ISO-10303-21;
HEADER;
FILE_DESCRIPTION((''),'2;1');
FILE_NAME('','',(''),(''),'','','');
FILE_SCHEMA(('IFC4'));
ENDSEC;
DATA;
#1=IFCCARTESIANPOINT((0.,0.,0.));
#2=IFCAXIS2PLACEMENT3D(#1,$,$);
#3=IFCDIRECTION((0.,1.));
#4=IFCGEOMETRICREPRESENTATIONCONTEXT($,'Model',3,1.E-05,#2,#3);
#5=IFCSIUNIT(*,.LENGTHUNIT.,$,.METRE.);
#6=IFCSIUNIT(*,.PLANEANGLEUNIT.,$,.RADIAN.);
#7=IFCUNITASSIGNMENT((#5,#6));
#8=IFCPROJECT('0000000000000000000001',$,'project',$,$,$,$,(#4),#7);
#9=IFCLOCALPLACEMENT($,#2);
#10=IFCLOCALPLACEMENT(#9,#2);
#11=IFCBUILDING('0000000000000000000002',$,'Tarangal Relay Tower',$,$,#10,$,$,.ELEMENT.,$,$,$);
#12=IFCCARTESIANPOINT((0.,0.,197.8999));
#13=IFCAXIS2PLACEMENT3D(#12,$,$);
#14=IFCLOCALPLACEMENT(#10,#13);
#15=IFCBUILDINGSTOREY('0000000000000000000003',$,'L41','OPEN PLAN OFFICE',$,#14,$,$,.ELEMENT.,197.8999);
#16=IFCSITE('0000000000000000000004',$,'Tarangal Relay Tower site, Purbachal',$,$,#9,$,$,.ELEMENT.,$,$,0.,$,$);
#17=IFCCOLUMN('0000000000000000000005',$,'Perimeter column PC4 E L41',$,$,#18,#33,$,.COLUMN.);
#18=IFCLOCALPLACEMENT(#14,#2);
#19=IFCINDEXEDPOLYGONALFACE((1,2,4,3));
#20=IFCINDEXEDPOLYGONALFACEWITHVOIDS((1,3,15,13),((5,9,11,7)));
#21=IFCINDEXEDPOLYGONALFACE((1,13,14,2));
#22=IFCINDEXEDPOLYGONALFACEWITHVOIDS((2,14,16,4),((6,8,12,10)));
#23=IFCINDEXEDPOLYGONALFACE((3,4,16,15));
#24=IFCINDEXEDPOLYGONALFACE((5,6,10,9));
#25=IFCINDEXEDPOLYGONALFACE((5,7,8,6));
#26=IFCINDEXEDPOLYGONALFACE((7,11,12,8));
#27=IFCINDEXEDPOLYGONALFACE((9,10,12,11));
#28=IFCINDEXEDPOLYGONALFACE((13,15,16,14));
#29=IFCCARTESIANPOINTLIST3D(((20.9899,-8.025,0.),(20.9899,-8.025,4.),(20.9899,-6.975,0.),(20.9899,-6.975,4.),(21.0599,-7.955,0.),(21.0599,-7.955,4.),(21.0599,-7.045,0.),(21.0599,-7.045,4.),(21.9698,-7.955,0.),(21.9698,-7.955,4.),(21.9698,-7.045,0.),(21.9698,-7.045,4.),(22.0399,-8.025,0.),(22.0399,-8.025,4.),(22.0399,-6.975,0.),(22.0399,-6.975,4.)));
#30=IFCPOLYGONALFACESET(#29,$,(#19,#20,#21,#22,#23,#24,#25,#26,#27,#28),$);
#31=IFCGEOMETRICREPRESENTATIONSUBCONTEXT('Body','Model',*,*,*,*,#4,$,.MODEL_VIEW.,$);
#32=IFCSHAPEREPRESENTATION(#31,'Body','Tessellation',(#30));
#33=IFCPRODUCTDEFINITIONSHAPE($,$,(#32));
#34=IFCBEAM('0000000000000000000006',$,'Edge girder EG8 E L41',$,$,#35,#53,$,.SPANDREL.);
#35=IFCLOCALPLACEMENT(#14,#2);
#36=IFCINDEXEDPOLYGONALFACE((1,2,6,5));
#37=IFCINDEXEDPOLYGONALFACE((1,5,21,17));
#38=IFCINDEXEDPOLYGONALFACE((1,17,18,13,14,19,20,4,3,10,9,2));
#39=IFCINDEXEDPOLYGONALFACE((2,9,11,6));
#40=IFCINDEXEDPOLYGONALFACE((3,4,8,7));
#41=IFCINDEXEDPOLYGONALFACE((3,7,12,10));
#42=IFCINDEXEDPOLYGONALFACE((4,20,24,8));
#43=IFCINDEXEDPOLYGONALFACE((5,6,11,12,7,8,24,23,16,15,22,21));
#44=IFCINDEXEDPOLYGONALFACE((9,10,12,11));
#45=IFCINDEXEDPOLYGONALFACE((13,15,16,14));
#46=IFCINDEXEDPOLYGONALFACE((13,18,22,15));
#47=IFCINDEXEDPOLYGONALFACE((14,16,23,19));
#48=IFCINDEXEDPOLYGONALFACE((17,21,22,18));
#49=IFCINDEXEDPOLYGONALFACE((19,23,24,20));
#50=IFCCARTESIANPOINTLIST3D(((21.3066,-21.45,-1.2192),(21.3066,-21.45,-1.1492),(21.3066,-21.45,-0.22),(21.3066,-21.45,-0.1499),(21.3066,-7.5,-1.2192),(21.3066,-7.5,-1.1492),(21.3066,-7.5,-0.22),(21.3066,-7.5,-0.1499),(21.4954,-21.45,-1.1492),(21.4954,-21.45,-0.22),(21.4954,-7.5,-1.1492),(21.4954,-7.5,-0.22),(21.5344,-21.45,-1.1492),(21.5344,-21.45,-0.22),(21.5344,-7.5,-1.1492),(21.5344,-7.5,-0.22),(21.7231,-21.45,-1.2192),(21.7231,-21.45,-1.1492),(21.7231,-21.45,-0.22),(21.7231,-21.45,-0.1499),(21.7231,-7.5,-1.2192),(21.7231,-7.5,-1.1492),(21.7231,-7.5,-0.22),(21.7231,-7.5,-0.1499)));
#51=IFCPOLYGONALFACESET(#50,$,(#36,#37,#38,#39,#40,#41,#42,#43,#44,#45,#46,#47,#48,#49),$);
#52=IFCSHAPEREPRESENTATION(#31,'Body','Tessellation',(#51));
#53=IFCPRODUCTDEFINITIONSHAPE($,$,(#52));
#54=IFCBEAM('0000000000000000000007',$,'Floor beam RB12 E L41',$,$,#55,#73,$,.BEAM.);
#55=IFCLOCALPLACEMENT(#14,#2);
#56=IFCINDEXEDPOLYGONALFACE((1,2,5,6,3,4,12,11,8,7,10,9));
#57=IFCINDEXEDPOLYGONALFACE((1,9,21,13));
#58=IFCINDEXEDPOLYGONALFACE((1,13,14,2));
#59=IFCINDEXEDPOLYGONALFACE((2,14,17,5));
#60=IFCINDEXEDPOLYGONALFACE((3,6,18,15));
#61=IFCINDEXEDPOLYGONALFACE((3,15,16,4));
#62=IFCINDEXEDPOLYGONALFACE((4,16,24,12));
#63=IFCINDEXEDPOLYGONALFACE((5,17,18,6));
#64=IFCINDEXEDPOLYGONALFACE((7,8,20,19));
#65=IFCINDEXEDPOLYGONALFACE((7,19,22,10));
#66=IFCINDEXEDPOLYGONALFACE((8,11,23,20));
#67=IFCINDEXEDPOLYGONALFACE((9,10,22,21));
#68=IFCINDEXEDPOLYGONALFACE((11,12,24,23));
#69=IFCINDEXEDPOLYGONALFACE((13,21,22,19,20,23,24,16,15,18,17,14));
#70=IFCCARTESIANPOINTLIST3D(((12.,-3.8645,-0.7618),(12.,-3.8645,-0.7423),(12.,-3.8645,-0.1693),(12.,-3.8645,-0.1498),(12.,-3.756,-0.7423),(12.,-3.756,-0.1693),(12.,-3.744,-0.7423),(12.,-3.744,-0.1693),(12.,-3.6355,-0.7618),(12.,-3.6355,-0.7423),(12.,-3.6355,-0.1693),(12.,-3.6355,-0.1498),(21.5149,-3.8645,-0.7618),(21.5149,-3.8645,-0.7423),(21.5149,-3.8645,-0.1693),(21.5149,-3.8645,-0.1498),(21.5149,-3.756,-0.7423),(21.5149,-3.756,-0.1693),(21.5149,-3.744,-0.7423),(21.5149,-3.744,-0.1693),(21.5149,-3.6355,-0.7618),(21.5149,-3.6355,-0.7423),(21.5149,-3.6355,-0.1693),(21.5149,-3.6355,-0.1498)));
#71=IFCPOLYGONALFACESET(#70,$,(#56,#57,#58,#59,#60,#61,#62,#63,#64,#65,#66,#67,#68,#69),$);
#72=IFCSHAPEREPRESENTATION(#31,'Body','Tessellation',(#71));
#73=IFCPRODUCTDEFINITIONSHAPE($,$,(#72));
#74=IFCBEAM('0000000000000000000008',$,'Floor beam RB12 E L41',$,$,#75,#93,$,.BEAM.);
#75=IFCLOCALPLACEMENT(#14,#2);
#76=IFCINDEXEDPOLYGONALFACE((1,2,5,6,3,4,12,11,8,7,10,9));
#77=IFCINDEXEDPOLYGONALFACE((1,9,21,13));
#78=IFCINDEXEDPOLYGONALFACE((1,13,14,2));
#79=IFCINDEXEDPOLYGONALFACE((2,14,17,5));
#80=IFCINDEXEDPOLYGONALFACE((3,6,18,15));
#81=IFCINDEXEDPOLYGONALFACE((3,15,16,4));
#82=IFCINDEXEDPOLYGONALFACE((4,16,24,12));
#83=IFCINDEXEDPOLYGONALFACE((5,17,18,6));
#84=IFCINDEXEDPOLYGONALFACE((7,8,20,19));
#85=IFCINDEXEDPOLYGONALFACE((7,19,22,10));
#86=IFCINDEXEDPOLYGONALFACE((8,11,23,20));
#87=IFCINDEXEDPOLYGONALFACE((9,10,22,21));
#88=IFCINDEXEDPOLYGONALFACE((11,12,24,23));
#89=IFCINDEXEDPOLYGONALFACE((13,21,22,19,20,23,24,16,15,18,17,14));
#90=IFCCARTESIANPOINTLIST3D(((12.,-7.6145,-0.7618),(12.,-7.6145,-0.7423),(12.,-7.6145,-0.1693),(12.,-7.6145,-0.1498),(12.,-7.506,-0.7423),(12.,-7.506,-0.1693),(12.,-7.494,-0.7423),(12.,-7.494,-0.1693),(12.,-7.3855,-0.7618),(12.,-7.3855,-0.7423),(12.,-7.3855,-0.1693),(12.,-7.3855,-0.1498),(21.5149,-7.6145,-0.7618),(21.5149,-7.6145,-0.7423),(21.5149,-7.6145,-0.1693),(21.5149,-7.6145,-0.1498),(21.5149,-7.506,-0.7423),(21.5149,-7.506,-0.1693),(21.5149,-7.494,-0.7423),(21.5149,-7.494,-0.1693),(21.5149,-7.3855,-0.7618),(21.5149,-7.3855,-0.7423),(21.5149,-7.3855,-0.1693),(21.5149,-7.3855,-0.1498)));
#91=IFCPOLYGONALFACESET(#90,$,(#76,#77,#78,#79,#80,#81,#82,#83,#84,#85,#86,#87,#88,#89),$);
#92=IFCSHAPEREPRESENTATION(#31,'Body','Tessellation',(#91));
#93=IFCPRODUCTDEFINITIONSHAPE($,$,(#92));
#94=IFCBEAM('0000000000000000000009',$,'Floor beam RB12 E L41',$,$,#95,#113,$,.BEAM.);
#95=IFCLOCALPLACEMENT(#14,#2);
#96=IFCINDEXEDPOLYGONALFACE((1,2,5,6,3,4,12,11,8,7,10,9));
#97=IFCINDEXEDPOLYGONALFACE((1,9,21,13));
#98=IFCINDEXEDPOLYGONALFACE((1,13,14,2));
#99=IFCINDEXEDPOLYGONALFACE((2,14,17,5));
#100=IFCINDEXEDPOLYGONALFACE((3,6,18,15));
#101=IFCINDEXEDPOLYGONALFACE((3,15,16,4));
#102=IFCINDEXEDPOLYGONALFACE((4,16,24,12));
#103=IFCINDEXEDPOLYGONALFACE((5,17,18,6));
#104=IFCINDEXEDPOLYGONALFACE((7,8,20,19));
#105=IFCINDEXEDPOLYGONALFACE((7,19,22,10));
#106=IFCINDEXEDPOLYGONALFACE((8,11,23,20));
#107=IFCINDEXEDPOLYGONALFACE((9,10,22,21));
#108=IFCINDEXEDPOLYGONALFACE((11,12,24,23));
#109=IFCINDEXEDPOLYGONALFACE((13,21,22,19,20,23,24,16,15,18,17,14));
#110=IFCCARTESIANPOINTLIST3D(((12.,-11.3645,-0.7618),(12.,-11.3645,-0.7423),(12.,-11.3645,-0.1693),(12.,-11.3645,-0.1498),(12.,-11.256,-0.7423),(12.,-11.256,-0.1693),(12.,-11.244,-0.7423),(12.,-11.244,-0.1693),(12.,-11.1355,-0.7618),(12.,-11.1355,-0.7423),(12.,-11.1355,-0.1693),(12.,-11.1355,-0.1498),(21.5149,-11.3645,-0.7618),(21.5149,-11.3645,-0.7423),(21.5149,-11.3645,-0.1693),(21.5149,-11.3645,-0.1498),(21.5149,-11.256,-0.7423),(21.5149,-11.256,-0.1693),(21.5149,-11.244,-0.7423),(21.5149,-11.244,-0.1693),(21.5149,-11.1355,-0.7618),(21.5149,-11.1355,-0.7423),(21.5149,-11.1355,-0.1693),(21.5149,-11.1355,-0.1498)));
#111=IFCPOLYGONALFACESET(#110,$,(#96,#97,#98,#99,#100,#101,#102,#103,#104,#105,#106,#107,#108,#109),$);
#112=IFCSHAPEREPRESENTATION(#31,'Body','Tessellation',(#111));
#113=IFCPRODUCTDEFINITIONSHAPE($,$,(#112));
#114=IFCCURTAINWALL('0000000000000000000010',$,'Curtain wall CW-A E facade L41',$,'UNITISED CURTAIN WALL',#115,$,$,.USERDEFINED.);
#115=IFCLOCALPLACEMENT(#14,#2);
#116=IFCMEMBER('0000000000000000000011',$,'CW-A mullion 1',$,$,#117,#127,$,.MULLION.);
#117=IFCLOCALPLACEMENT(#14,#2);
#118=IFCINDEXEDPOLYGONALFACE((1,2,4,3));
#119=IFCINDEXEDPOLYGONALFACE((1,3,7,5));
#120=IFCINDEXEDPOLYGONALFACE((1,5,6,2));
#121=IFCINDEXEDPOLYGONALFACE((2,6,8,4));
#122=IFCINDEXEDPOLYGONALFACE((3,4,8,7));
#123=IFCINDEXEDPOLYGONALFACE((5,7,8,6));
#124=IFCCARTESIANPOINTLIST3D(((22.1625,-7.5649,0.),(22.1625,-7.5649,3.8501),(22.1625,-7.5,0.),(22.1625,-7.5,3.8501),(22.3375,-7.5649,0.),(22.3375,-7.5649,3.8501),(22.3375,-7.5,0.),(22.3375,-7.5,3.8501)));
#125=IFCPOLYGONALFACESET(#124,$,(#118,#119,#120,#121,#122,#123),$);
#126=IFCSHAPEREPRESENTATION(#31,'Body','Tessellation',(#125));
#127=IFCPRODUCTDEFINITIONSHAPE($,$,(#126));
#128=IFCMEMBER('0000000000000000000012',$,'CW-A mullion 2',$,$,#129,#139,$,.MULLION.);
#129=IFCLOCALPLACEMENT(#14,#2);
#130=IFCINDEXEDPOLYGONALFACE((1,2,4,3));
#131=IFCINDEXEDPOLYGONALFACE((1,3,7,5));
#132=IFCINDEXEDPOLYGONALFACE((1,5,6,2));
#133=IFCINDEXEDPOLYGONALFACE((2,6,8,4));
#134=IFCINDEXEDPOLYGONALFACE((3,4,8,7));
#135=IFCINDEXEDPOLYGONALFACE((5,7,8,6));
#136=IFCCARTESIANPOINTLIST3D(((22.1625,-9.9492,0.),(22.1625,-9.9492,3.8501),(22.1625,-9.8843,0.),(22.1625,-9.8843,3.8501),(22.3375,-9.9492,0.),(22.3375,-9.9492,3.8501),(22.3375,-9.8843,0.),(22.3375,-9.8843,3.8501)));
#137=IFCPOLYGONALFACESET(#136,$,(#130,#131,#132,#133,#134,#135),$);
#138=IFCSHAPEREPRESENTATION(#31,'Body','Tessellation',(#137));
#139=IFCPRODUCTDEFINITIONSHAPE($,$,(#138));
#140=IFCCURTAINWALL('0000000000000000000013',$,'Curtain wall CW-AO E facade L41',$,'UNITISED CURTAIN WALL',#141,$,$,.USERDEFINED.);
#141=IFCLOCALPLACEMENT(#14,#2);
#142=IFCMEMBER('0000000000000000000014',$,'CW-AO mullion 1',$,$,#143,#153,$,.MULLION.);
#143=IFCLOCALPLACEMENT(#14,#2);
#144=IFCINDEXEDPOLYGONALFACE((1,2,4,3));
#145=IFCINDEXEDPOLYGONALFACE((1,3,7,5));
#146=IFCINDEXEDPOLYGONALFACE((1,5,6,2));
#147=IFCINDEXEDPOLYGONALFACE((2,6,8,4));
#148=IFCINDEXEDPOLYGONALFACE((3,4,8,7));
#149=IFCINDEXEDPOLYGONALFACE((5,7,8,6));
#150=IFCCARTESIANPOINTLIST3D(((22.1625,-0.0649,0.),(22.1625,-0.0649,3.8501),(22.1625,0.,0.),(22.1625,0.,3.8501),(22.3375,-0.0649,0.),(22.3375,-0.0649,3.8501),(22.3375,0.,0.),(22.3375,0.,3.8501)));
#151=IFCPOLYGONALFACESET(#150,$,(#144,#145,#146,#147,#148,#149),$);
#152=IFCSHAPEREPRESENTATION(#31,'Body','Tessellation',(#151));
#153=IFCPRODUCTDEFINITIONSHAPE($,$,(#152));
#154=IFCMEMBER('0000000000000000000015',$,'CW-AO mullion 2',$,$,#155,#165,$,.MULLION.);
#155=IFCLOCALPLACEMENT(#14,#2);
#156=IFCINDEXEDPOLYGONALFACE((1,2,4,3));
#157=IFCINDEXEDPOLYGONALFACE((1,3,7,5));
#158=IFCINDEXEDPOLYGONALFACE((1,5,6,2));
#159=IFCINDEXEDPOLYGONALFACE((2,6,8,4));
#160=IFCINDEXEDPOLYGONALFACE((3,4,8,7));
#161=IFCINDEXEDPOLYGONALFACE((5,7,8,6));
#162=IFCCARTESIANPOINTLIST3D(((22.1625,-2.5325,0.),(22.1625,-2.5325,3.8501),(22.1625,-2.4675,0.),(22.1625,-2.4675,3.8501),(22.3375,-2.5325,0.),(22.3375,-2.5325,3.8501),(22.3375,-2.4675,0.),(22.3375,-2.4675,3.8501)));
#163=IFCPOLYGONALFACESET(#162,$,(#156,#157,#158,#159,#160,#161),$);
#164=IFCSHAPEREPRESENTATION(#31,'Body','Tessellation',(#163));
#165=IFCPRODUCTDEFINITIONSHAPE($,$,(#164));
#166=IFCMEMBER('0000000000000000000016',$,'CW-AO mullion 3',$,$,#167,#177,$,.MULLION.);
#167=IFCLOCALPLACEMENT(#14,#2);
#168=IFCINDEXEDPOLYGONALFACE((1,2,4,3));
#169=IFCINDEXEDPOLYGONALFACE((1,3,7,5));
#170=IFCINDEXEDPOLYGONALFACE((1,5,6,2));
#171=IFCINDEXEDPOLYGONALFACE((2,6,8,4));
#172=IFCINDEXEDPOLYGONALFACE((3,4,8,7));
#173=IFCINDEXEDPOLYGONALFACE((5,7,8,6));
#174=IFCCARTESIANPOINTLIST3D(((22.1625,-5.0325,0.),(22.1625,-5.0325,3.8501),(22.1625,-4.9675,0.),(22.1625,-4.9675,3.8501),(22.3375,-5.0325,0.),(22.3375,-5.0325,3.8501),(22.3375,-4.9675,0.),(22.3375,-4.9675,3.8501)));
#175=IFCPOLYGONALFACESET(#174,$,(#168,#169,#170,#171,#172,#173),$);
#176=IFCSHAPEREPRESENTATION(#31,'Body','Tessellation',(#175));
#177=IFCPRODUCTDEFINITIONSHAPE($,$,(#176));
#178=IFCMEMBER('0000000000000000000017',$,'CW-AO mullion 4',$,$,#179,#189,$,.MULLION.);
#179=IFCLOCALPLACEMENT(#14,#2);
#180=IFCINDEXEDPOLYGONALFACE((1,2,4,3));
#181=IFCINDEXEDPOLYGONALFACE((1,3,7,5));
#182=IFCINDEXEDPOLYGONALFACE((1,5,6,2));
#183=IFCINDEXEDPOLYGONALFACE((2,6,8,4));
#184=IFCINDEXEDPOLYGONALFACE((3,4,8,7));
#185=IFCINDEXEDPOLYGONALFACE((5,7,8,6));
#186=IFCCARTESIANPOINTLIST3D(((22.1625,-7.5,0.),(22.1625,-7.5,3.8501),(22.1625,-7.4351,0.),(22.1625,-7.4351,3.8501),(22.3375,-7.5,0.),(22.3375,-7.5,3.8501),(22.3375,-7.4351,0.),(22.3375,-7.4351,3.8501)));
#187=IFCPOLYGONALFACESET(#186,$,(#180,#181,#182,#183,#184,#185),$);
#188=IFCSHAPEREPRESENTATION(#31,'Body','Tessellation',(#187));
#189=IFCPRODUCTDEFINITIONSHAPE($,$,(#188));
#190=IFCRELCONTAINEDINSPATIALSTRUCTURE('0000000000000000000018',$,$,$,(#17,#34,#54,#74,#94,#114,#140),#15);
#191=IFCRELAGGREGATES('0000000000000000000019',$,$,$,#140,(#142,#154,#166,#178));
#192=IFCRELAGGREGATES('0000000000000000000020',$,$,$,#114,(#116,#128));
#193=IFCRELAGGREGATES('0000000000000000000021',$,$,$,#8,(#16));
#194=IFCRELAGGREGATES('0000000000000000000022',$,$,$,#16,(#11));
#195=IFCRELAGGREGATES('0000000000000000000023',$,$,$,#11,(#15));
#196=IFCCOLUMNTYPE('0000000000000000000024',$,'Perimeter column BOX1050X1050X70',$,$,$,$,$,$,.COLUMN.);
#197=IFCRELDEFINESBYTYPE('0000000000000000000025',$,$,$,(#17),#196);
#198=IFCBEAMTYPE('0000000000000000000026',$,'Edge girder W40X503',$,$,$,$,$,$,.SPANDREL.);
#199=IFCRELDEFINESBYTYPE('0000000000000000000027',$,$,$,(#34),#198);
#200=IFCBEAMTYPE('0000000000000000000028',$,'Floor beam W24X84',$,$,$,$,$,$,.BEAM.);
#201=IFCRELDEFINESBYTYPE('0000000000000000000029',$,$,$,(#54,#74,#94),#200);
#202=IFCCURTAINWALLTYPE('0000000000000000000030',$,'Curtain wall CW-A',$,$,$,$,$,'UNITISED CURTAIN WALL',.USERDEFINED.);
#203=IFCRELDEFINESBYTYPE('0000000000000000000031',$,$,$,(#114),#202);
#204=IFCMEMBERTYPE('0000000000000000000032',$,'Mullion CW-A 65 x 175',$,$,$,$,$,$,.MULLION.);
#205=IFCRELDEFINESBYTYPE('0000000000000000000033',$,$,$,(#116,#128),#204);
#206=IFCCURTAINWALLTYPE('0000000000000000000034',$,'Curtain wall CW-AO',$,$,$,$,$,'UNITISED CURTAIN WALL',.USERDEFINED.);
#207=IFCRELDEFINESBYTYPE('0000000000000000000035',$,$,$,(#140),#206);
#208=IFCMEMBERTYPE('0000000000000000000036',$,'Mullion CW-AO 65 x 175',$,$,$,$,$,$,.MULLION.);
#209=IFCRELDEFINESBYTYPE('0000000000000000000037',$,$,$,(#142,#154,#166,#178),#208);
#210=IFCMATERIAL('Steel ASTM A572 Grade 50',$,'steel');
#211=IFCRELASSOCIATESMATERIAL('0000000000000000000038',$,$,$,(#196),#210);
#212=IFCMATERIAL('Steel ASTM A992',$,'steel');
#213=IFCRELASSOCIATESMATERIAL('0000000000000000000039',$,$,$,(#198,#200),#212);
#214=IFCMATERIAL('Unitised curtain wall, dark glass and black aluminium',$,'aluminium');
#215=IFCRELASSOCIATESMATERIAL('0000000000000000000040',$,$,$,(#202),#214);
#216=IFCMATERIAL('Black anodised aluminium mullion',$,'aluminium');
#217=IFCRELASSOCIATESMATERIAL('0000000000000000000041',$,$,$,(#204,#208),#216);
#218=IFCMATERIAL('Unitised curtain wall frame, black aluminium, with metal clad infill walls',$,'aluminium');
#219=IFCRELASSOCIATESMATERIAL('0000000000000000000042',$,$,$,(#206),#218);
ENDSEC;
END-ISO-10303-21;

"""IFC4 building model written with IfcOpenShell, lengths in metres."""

from ifc_helpers import new_model, si_unit, direction, frame, origin, origin_2d, place, context, subcontext, project, spatial, rectangle, hollow_rectangle, i_section, extrude, material, material_profile, profile_set, type_object, element, aggregate, save


model = new_model("IFC4")

# Units and contexts
model_context = context("Model", 3, precision=1e-05, world=origin(), true_north=direction((0.0, 1.0)))
body_context = subcontext(model_context, "Body", "Model", "MODEL_VIEW")
ifc_project = project(units=[si_unit("LENGTHUNIT", "METRE"), si_unit("PLANEANGLEUNIT", "RADIAN")], contexts=[model_context])

# Site, building, storey
site_placement = place(None, origin())
site = spatial("IfcSite", under=ifc_project, at=site_placement, Name="Tarangal Relay Tower site, Purbachal", CompositionType="ELEMENT", RefElevation=0.0)
building_placement = place(site_placement, origin())
building = spatial("IfcBuilding", under=site, at=building_placement, Name="Tarangal Relay Tower", CompositionType="ELEMENT")
storey_placement = place(building_placement, frame((0.0, 0.0, 197.8999)))
storey = spatial("IfcBuildingStorey", under=building, at=storey_placement, Name="L41", Description="OPEN PLAN OFFICE", CompositionType="ELEMENT", Elevation=197.8999)

# Column
ifc_material_1 = material(Name="Steel ASTM A572 Grade 50", Category="steel")
ifc_material_profile_1 = material_profile(ifc_material_1, hollow_rectangle(XDim=1.05, YDim=1.05, WallThickness=0.0701, at=origin_2d()), Name="BOX1050X1050X70")
ifc_profile_set_1 = profile_set([ifc_material_profile_1], Name="Steel ASTM A572 Grade 50")
column_type = type_object("IfcColumnType", Name="Perimeter column BOX1050X1050X70", PredefinedType="COLUMN", material=ifc_profile_set_1)
column_placement = place(storey_placement, frame((21.5149, -7.5, 0.0), z_axis=(0.0, 0.0, 1.0), x_axis=(1.0, 0.0, 0.0)))
element("IfcColumn", 1, at=column_placement, inside=storey, type_object=column_type, Name="Perimeter column PC4 E L41", PredefinedType="COLUMN", context=body_context, shape_type="SweptSolid", body=[
    extrude(hollow_rectangle(XDim=1.05, YDim=1.05, WallThickness=0.0701, at=origin_2d()), origin(), (0.0, 0.0, 1.0), 4.0),
])

# Beams
ifc_material_2 = material(Name="Steel ASTM A992", Category="steel")
ifc_material_profile_2 = material_profile(ifc_material_2, i_section(OverallWidth=0.4165, OverallDepth=1.0693, WebThickness=0.0391, FlangeThickness=0.0701, at=origin_2d()), Name="W40X503")
ifc_profile_set_2 = profile_set([ifc_material_profile_2], Name="Steel ASTM A992")
beam_type_1 = type_object("IfcBeamType", Name="Edge girder W40X503", PredefinedType="SPANDREL", material=ifc_profile_set_2)
beam_placement = place(storey_placement, frame((21.5149, -7.5, -0.6846), z_axis=(0.0, -1.0, 0.0), x_axis=(1.0, 0.0, 0.0)))
element("IfcBeam", 2, at=beam_placement, inside=storey, type_object=beam_type_1, Name="Edge girder EG8 E L41", PredefinedType="SPANDREL", context=body_context, shape_type="SweptSolid", body=[
    extrude(i_section(OverallWidth=0.4165, OverallDepth=1.0693, WebThickness=0.0391, FlangeThickness=0.0701, at=origin_2d()), origin(), (0.0, 0.0, 1.0), 13.95),
])
ifc_material_profile_3 = material_profile(ifc_material_2, i_section(OverallWidth=0.229, OverallDepth=0.6121, WebThickness=0.012, FlangeThickness=0.0195, at=origin_2d()), Name="W24X84")
ifc_profile_set_3 = profile_set([ifc_material_profile_3], Name="Steel ASTM A992")
beam_type_2 = type_object("IfcBeamType", Name="Floor beam W24X84", PredefinedType="BEAM", material=ifc_profile_set_3)
for number, where, z_axis, x_axis, name in (
    (3, (12.0, -3.75, -0.4558), (1.0, 0.0, 0.0), (0.0, 1.0, 0.0), "Floor beam RB12 E L41"),
    (4, (12.0, -7.5, -0.4558), (1.0, 0.0, 0.0), (0.0, 1.0, 0.0), "Floor beam RB12 E L41"),
    (5, (12.0, -11.25, -0.4558), (1.0, 0.0, 0.0), (0.0, 1.0, 0.0), "Floor beam RB12 E L41"),
):
    element("IfcBeam", number, at=place(storey_placement, frame(where, z_axis=z_axis, x_axis=x_axis)), inside=storey, type_object=beam_type_2, Name=name, PredefinedType="BEAM", context=body_context, shape_type="SweptSolid", body=[
        extrude(i_section(OverallWidth=0.229, OverallDepth=0.6121, WebThickness=0.012, FlangeThickness=0.0195, at=origin_2d()), origin(), (0.0, 0.0, 1.0), 9.5149),
    ])

# Curtain walls, members
ifc_material_3 = material(Name="Unitised curtain wall, dark glass and black aluminium", Category="aluminium")
curtain_wall_type_1 = type_object("IfcCurtainWallType", Name="Curtain wall CW-A", ElementType="UNITISED CURTAIN WALL", PredefinedType="USERDEFINED", material=ifc_material_3)
curtain_wall_1_placement = place(storey_placement, origin())
curtain_wall_1 = element("IfcCurtainWall", 6, at=curtain_wall_1_placement, inside=storey, type_object=curtain_wall_type_1, Name="Curtain wall CW-A E facade L41", ObjectType="UNITISED CURTAIN WALL", PredefinedType="USERDEFINED")
ifc_material_4 = material(Name="Black anodised aluminium mullion", Category="aluminium")
ifc_material_profile_4 = material_profile(ifc_material_4, rectangle(XDim=0.175, YDim=0.0649, at=origin_2d()), Name="CW-AM 65X175")
ifc_profile_set_4 = profile_set([ifc_material_profile_4], Name="Black anodised aluminium mullion")
member_type_1 = type_object("IfcMemberType", Name="Mullion CW-A 65 x 175", PredefinedType="MULLION", material=ifc_profile_set_4)
member_1_placement = place(storey_placement, frame((22.25, -7.5325, 0.0), z_axis=(0.0, 0.0, 1.0), x_axis=(1.0, 0.0, 0.0)))
member_1 = element("IfcMember", 7, at=member_1_placement, type_object=member_type_1, Name="CW-A mullion 1", PredefinedType="MULLION", context=body_context, shape_type="SweptSolid", body=[
    extrude(rectangle(XDim=0.175, YDim=0.0649, at=origin_2d()), origin(), (0.0, 0.0, 1.0), 3.8501),
])
member_2_placement = place(storey_placement, frame((22.25, -9.9167, 0.0), z_axis=(0.0, 0.0, 1.0), x_axis=(1.0, 0.0, 0.0)))
member_2 = element("IfcMember", 8, at=member_2_placement, type_object=member_type_1, Name="CW-A mullion 2", PredefinedType="MULLION", context=body_context, shape_type="SweptSolid", body=[
    extrude(rectangle(XDim=0.175, YDim=0.0649, at=origin_2d()), origin(), (0.0, 0.0, 1.0), 3.8501),
])
ifc_material_5 = material(Name="Unitised curtain wall frame, black aluminium, with metal clad infill walls", Category="aluminium")
curtain_wall_type_2 = type_object("IfcCurtainWallType", Name="Curtain wall CW-AO", ElementType="UNITISED CURTAIN WALL", PredefinedType="USERDEFINED", material=ifc_material_5)
curtain_wall_2_placement = place(storey_placement, origin())
curtain_wall_2 = element("IfcCurtainWall", 9, at=curtain_wall_2_placement, inside=storey, type_object=curtain_wall_type_2, Name="Curtain wall CW-AO E facade L41", ObjectType="UNITISED CURTAIN WALL", PredefinedType="USERDEFINED")
ifc_material_profile_5 = material_profile(ifc_material_4, rectangle(XDim=0.175, YDim=0.0649, at=origin_2d()), Name="CW-AOM 65X175")
ifc_profile_set_5 = profile_set([ifc_material_profile_5], Name="Black anodised aluminium mullion")
member_type_2 = type_object("IfcMemberType", Name="Mullion CW-AO 65 x 175", PredefinedType="MULLION", material=ifc_profile_set_5)
member_3_placement = place(storey_placement, frame((22.25, -0.0325, 0.0), z_axis=(0.0, 0.0, 1.0), x_axis=(1.0, 0.0, 0.0)))
member_3 = element("IfcMember", 10, at=member_3_placement, type_object=member_type_2, Name="CW-AO mullion 1", PredefinedType="MULLION", context=body_context, shape_type="SweptSolid", body=[
    extrude(rectangle(XDim=0.175, YDim=0.0649, at=origin_2d()), origin(), (0.0, 0.0, 1.0), 3.8501),
])
member_4_placement = place(storey_placement, frame((22.25, -2.5, 0.0), z_axis=(0.0, 0.0, 1.0), x_axis=(1.0, 0.0, 0.0)))
member_4 = element("IfcMember", 11, at=member_4_placement, type_object=member_type_2, Name="CW-AO mullion 2", PredefinedType="MULLION", context=body_context, shape_type="SweptSolid", body=[
    extrude(rectangle(XDim=0.175, YDim=0.0649, at=origin_2d()), origin(), (0.0, 0.0, 1.0), 3.8501),
])
member_5_placement = place(storey_placement, frame((22.25, -5.0, 0.0), z_axis=(0.0, 0.0, 1.0), x_axis=(1.0, 0.0, 0.0)))
member_5 = element("IfcMember", 12, at=member_5_placement, type_object=member_type_2, Name="CW-AO mullion 3", PredefinedType="MULLION", context=body_context, shape_type="SweptSolid", body=[
    extrude(rectangle(XDim=0.175, YDim=0.0649, at=origin_2d()), origin(), (0.0, 0.0, 1.0), 3.8501),
])
member_6_placement = place(storey_placement, frame((22.25, -7.4675, 0.0), z_axis=(0.0, 0.0, 1.0), x_axis=(1.0, 0.0, 0.0)))
member_6 = element("IfcMember", 13, at=member_6_placement, type_object=member_type_2, Name="CW-AO mullion 4", PredefinedType="MULLION", context=body_context, shape_type="SweptSolid", body=[
    extrude(rectangle(XDim=0.175, YDim=0.0649, at=origin_2d()), origin(), (0.0, 0.0, 1.0), 3.8501),
])

aggregate(curtain_wall_2, [member_3, member_4, member_5, member_6])

aggregate(curtain_wall_1, [member_1, member_2])

save(model, "model.ifc")
